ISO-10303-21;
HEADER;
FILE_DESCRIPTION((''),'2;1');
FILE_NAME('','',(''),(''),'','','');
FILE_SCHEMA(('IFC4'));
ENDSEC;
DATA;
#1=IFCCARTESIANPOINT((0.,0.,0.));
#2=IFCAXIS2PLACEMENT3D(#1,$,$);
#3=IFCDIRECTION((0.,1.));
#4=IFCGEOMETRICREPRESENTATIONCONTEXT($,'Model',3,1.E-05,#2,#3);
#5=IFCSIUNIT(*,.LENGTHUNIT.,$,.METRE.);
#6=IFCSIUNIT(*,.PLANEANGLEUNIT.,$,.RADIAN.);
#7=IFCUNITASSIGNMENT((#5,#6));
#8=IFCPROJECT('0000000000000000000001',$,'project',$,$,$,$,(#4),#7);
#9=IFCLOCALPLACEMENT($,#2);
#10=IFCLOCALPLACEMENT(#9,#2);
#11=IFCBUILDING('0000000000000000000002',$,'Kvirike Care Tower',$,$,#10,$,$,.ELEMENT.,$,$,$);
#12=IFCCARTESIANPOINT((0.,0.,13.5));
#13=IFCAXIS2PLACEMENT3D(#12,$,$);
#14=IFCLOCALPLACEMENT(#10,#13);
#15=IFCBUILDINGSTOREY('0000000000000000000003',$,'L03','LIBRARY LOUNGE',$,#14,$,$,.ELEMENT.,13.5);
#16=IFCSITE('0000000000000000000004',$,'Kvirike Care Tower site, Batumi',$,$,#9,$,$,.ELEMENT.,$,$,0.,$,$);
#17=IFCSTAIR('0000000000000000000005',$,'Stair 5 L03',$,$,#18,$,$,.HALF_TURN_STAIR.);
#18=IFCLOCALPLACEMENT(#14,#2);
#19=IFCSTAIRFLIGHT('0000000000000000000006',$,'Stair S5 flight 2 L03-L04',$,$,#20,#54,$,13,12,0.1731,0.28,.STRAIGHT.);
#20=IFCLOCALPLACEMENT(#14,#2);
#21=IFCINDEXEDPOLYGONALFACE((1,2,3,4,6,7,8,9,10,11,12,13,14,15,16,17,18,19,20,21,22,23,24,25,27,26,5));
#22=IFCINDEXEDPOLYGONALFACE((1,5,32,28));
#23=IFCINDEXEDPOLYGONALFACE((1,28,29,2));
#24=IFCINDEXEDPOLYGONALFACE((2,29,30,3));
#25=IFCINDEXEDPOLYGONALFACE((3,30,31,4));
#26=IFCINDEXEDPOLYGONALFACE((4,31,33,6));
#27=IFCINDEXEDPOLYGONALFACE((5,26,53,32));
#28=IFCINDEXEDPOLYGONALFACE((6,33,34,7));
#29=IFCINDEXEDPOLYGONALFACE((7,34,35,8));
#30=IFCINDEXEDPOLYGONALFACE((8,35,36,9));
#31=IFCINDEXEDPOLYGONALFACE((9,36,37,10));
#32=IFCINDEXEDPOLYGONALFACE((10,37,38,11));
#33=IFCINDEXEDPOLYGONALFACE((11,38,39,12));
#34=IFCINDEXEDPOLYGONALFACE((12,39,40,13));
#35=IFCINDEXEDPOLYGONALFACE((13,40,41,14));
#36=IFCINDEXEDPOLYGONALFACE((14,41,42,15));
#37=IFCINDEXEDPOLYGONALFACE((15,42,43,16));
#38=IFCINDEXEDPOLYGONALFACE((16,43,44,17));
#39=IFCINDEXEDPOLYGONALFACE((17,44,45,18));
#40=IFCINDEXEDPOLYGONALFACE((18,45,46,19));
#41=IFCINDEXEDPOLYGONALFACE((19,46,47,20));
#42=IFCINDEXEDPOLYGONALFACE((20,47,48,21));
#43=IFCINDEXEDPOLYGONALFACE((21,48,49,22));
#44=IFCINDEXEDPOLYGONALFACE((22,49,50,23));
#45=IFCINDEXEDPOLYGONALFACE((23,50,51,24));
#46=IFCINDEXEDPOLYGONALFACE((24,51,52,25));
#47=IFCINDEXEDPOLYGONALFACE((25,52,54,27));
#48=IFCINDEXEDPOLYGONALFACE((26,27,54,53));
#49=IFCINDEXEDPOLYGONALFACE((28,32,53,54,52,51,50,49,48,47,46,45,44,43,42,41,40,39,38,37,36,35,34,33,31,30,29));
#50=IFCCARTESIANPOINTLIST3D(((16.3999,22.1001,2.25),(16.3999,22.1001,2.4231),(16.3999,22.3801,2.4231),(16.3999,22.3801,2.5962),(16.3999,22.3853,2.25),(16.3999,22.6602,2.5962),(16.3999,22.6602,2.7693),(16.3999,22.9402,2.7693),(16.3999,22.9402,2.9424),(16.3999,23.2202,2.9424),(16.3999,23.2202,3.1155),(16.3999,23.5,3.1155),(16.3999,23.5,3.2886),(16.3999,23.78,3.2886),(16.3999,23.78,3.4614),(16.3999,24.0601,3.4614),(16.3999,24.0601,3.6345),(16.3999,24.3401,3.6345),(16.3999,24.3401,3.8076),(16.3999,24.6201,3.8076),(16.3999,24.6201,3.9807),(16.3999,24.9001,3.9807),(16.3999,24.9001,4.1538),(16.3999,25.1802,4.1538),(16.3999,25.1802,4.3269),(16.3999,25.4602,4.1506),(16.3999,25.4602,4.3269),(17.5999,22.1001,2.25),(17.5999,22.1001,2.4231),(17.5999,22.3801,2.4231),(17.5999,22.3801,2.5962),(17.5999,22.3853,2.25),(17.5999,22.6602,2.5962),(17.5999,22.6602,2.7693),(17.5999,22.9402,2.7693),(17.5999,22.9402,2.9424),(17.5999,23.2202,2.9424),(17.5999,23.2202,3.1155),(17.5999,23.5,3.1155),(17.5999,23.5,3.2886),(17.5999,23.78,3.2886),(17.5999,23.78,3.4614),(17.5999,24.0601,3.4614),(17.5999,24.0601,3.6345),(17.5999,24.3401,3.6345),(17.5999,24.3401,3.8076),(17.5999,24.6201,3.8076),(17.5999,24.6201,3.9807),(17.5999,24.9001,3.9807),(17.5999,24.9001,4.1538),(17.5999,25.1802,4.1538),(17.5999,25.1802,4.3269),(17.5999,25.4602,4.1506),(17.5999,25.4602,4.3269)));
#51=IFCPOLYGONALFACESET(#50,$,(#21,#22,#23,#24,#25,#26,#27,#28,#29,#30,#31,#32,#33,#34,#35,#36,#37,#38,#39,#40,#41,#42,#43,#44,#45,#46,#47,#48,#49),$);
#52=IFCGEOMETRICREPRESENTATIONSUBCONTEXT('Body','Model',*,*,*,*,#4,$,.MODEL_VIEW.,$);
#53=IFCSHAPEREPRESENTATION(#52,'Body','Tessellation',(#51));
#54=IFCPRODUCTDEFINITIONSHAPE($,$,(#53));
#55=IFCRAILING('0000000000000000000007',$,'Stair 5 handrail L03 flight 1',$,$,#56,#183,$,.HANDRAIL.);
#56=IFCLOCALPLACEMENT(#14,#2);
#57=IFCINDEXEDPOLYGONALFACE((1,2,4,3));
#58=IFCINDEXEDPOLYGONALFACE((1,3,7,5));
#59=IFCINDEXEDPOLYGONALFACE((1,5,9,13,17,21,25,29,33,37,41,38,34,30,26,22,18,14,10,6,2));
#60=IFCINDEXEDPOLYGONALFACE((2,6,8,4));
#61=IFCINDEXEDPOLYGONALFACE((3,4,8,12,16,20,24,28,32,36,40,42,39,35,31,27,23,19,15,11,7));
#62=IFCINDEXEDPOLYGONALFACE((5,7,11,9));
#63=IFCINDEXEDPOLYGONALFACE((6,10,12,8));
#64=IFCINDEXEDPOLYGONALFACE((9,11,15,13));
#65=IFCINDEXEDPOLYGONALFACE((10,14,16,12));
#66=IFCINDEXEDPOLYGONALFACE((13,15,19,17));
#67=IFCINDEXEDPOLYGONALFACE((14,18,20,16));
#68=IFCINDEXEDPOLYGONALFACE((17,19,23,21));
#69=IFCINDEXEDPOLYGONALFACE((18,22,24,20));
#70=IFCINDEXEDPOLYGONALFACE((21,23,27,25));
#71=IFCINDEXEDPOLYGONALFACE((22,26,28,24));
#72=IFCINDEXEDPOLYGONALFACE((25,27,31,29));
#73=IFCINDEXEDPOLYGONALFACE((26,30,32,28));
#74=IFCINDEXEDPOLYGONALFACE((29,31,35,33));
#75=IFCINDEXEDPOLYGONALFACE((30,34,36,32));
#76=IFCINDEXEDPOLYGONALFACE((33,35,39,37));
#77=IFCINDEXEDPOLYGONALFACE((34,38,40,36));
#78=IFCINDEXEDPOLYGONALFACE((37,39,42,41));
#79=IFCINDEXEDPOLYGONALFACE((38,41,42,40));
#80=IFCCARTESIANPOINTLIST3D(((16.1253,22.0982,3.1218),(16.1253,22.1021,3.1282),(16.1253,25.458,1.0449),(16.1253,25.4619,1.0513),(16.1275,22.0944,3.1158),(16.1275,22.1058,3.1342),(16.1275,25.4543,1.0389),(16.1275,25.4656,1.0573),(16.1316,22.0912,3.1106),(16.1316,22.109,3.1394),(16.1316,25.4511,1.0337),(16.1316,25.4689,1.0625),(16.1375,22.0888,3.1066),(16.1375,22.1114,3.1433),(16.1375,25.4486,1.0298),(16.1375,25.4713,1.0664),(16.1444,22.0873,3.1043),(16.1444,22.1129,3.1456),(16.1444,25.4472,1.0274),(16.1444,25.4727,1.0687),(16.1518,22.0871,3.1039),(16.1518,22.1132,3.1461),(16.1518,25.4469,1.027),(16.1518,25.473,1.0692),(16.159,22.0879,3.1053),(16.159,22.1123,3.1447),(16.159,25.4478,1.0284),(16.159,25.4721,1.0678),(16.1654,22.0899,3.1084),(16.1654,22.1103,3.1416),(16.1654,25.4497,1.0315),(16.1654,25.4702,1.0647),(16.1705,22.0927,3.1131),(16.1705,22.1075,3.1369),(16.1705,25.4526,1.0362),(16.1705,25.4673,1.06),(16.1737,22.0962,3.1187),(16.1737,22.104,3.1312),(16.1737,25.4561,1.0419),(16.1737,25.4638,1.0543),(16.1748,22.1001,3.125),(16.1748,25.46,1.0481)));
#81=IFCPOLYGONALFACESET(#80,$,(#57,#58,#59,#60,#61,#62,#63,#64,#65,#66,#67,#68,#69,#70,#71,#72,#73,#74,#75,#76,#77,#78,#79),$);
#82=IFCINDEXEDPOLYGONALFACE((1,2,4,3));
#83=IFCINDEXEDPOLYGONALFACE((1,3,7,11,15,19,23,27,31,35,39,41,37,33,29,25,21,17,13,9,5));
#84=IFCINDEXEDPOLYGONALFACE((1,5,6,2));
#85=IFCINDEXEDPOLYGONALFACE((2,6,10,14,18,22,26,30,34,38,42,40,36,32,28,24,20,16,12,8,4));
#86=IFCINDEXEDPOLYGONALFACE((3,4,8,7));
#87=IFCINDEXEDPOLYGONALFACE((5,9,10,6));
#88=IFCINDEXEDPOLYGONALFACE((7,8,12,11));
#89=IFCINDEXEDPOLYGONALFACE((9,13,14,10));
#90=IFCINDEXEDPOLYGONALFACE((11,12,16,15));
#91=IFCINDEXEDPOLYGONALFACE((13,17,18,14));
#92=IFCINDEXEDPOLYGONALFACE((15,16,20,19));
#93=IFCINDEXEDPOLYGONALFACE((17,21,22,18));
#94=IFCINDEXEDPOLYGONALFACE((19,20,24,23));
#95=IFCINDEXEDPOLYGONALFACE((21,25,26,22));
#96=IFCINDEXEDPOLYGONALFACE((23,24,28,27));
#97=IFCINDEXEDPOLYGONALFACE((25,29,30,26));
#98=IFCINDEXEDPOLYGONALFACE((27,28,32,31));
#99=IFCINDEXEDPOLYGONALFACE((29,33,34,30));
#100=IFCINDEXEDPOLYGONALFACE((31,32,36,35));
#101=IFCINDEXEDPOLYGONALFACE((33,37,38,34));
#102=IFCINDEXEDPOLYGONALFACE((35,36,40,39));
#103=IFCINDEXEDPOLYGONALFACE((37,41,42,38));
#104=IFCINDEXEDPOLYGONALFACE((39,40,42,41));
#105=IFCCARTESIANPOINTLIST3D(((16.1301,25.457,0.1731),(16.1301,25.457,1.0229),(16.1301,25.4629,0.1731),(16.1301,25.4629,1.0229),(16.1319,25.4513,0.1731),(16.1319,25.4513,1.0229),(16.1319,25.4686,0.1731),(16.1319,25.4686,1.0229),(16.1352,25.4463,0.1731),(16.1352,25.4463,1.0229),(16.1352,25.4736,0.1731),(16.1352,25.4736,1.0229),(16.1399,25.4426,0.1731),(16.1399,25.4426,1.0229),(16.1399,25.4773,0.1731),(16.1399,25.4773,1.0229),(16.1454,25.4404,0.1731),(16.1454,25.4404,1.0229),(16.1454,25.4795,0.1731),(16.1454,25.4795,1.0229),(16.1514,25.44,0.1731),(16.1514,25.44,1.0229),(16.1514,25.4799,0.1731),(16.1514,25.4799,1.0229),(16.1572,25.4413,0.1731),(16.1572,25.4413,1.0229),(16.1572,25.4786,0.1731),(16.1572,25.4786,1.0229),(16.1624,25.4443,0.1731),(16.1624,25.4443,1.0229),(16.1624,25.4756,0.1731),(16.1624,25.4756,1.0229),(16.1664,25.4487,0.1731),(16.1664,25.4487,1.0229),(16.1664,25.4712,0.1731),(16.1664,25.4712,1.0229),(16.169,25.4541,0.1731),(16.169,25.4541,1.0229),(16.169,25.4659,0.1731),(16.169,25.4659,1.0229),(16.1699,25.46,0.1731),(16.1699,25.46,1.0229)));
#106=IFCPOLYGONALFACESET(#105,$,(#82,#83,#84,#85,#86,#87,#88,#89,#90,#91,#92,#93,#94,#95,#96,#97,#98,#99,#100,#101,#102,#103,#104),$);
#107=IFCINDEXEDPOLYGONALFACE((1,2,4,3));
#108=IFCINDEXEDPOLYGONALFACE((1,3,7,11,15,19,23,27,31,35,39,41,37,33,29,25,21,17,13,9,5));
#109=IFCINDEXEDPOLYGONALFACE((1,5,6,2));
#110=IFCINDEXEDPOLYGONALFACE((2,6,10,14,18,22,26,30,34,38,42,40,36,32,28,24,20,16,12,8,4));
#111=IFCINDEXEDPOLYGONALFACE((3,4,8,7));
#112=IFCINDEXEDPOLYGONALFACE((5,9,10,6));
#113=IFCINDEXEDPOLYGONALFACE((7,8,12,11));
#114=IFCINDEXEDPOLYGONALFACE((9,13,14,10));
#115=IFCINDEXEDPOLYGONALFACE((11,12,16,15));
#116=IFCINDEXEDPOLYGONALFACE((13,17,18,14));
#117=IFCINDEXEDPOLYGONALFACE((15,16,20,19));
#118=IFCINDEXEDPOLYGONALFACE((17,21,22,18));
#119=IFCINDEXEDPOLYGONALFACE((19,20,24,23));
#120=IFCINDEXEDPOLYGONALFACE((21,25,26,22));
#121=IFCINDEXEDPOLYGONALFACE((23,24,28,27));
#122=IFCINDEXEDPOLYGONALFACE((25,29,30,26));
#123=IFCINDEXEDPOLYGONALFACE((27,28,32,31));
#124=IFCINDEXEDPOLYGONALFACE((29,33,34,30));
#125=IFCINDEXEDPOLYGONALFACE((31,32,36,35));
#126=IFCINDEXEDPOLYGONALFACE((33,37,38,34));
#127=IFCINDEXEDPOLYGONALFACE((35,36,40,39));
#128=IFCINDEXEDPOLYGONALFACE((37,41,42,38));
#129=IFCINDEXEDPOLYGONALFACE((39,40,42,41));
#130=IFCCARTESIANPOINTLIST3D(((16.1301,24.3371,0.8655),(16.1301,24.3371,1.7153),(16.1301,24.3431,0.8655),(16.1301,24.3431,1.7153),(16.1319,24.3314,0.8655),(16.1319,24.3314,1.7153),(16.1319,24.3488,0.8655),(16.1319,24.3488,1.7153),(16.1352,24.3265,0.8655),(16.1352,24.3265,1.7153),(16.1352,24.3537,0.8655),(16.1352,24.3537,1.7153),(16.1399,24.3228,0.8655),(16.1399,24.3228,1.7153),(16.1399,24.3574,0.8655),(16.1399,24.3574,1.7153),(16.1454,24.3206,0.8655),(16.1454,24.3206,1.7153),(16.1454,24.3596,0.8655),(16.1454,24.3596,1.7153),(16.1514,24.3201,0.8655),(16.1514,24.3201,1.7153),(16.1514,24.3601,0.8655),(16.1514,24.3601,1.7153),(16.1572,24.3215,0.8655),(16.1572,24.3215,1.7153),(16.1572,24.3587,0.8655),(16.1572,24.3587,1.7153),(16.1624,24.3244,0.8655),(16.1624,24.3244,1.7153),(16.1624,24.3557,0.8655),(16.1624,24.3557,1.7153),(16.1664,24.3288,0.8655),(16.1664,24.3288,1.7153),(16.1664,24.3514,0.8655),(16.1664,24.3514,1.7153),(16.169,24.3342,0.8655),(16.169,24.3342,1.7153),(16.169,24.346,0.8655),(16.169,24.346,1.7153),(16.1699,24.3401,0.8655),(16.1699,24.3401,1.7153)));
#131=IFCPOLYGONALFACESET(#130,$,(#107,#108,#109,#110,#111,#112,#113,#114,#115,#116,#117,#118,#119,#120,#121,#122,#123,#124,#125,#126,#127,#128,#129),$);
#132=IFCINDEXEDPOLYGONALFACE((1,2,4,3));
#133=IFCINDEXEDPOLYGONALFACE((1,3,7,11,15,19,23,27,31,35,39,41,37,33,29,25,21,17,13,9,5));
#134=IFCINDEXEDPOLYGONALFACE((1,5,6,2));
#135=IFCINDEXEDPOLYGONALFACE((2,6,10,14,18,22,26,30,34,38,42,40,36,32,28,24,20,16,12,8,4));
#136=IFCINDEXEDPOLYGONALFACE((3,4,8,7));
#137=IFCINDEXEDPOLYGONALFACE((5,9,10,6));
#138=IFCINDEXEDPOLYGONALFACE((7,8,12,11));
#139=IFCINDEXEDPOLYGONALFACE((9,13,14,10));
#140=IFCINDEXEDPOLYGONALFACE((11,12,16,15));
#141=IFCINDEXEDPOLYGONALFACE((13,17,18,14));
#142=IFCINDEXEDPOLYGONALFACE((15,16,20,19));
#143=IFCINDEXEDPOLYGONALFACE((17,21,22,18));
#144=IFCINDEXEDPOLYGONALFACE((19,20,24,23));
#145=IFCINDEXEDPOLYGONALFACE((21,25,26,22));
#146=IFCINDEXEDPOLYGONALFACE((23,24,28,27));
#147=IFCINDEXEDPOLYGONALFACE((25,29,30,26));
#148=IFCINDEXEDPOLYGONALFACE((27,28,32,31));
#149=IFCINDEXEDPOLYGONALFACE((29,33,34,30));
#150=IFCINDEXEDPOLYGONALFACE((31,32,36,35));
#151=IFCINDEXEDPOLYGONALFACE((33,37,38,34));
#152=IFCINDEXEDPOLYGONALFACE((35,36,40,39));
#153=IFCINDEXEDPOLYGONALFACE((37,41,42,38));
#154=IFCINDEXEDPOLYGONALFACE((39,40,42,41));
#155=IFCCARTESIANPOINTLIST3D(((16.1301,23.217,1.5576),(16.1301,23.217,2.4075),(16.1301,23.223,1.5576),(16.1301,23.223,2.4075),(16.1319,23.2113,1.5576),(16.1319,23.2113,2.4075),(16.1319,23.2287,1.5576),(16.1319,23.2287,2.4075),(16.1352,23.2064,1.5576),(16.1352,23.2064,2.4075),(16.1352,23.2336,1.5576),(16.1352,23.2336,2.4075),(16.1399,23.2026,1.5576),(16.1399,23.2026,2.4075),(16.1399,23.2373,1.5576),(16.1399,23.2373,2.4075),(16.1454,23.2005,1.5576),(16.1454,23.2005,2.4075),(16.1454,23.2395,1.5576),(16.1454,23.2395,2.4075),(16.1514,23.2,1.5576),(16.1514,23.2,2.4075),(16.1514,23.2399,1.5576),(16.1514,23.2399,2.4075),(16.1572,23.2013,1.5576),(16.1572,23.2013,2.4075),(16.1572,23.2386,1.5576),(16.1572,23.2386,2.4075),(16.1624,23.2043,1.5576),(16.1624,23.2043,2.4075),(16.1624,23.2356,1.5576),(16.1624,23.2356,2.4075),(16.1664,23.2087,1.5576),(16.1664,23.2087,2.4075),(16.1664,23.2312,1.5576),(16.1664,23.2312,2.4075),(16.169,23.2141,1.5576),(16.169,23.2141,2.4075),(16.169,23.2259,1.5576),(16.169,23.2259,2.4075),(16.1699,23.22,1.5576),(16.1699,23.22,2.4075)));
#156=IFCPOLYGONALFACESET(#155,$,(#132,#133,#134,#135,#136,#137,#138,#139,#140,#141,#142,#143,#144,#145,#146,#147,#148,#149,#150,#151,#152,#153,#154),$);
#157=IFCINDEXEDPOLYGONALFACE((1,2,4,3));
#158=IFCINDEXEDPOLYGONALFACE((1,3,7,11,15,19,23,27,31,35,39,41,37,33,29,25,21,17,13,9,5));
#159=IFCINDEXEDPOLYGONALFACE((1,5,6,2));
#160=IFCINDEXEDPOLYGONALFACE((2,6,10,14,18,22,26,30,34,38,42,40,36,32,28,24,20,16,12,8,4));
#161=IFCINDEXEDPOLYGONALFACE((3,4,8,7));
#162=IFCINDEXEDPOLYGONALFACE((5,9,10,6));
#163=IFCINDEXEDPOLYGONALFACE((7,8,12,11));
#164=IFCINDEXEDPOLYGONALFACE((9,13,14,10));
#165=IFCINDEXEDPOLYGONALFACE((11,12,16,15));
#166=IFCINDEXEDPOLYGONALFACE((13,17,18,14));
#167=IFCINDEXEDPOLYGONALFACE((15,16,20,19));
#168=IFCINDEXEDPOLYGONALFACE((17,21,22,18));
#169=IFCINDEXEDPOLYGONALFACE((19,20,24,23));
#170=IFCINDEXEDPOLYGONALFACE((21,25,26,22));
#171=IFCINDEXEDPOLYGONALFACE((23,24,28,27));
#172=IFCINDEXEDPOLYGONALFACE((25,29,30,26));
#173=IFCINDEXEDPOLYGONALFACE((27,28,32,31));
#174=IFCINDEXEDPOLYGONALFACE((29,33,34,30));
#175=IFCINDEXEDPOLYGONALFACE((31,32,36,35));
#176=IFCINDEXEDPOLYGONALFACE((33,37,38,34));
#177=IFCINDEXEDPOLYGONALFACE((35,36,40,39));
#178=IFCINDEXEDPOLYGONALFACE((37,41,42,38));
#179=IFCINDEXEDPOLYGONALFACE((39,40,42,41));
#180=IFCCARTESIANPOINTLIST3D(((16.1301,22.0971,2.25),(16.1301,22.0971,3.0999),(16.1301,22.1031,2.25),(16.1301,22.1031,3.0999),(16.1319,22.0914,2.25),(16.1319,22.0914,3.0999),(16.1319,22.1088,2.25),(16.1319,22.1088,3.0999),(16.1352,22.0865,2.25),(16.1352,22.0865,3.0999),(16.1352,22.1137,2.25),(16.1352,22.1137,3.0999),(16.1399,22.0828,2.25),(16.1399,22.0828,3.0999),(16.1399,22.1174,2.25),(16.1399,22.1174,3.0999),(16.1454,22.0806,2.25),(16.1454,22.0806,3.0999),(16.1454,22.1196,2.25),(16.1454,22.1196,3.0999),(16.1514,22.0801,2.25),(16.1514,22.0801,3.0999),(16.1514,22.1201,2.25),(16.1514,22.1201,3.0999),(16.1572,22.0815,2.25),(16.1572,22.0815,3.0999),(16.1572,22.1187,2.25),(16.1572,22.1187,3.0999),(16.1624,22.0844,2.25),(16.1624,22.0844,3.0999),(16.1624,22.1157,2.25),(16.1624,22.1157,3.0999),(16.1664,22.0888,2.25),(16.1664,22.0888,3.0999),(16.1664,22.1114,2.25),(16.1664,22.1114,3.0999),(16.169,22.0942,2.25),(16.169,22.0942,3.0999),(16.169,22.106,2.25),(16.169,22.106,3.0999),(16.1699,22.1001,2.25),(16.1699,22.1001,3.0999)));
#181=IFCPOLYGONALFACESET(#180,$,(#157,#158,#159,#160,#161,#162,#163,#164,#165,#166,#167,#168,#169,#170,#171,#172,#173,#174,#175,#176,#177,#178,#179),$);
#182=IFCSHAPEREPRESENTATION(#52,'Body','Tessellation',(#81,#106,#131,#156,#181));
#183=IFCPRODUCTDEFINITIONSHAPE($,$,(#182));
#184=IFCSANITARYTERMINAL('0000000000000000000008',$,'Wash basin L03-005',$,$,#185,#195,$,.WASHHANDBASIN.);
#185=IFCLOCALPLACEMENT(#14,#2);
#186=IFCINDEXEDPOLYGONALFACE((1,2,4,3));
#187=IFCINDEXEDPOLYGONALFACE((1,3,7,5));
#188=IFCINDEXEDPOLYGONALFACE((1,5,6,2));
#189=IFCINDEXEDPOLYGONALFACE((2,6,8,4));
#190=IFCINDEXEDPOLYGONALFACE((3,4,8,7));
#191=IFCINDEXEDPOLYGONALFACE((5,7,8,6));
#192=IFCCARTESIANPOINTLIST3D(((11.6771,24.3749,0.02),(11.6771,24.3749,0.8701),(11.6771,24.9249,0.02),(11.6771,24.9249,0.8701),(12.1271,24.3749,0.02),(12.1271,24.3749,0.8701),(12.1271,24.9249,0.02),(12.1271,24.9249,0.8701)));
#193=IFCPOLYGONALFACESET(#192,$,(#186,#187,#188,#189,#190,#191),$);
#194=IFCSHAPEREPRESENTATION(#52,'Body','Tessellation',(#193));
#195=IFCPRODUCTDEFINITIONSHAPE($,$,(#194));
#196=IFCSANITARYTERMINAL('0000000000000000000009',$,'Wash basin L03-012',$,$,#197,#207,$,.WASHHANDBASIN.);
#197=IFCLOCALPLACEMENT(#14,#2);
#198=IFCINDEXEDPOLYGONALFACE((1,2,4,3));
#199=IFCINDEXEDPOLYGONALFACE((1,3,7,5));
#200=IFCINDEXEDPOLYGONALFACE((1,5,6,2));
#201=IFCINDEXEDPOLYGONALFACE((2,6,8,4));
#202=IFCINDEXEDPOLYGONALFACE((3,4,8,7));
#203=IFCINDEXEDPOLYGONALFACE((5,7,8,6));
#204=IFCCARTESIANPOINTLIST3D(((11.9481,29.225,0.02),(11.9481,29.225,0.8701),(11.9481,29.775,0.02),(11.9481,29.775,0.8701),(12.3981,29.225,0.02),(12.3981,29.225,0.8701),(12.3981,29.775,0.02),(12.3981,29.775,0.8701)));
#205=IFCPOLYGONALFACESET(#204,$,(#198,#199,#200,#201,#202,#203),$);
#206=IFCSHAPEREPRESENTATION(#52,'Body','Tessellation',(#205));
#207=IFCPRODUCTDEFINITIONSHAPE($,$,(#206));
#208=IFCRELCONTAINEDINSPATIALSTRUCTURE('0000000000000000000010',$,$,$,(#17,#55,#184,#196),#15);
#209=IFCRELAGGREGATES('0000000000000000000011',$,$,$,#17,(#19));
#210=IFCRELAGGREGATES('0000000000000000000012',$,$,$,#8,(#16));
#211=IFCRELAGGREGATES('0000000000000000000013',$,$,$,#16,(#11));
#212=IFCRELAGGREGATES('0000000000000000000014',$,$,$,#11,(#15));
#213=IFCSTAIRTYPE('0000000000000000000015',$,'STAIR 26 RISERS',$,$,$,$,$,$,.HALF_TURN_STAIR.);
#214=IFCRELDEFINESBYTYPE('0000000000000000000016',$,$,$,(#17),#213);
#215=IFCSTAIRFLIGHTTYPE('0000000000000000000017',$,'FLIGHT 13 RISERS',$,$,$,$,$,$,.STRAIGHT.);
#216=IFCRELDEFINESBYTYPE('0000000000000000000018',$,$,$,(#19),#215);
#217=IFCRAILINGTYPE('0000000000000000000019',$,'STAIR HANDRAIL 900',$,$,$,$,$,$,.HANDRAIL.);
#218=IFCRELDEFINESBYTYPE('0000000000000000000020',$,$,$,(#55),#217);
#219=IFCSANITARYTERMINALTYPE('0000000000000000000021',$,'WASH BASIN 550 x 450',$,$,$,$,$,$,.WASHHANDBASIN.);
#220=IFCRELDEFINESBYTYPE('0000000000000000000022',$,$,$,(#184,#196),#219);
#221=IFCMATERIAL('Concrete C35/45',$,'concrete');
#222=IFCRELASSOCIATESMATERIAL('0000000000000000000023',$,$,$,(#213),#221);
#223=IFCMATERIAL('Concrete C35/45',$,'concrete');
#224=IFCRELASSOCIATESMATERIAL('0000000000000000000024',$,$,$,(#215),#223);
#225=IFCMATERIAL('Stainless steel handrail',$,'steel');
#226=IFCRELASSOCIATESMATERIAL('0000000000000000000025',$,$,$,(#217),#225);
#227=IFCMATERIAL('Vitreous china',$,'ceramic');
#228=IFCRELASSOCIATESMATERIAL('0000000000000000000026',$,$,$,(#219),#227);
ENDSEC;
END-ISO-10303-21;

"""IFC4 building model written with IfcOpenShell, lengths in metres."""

from ifc_helpers import new_model, si_unit, direction, frame, origin, origin_2d, place, context, subcontext, project, spatial, polyline, rectangle, circle, outline, extrude, material, type_object, element, aggregate, save


model = new_model("IFC4")

# Units and contexts
model_context = context("Model", 3, precision=1e-05, world=origin(), true_north=direction((0.0, 1.0)))
body_context = subcontext(model_context, "Body", "Model", "MODEL_VIEW")
ifc_project = project(units=[si_unit("LENGTHUNIT", "METRE"), si_unit("PLANEANGLEUNIT", "RADIAN")], contexts=[model_context])

# Site, building, storey
site_placement = place(None, origin())
site = spatial("IfcSite", under=ifc_project, at=site_placement, Name="Kvirike Care Tower site, Batumi", CompositionType="ELEMENT", RefElevation=0.0)
building_placement = place(site_placement, origin())
building = spatial("IfcBuilding", under=site, at=building_placement, Name="Kvirike Care Tower", CompositionType="ELEMENT")
storey_placement = place(building_placement, frame((0.0, 0.0, 13.5)))
storey = spatial("IfcBuildingStorey", under=building, at=storey_placement, Name="L03", Description="LIBRARY LOUNGE", CompositionType="ELEMENT", Elevation=13.5)

# Stair, stair flight
ifc_material_1 = material(Name="Concrete C35/45", Category="concrete")
stair_type = type_object("IfcStairType", Name="STAIR 26 RISERS", PredefinedType="HALF_TURN_STAIR", material=ifc_material_1)
stair_placement = place(storey_placement, origin())
stair = element("IfcStair", 1, at=stair_placement, inside=storey, type_object=stair_type, Name="Stair 5 L03", PredefinedType="HALF_TURN_STAIR")
ifc_material_2 = material(Name="Concrete C35/45", Category="concrete")
stair_flight_type = type_object("IfcStairFlightType", Name="FLIGHT 13 RISERS", PredefinedType="STRAIGHT", material=ifc_material_2)
stair_flight_1_placement = place(storey_placement, frame((17.0, 22.1001, 2.25), z_axis=(0.0, 0.0, 1.0), x_axis=(0.0, 1.0, 0.0)))
stair_flight_1 = element("IfcStairFlight", 2, at=stair_flight_1_placement, type_object=stair_flight_type, Name="Stair S5 flight 2 L03-L04", NumberOfRisers=13, NumberOfTreads=12, PredefinedType="STRAIGHT", RiserHeight=0.1731, TreadLength=0.28, context=body_context, shape_type="SweptSolid", body=[
    extrude(outline(polyline([(0.0, 0.0), (0.0, 0.1731), (0.28, 0.1731), (0.28, 0.3462), (0.5601, 0.3462), (0.5601, 0.5193), (0.8401, 0.5193), (0.8401, 0.6924), (1.1201, 0.6924), (1.1201, 0.8655), (1.3999, 0.8655), (1.3999, 1.0386), (1.6799, 1.0386), (1.6799, 1.2114), (1.96, 1.2114), (1.96, 1.3845), (2.24, 1.3845), (2.24, 1.5576), (2.52, 1.5576), (2.52, 1.7307), (2.8, 1.7307), (2.8, 1.9038), (3.0801, 1.9038), (3.0801, 2.0769), (3.3601, 2.0769), (3.3601, 2.25), (3.3601, 1.9006), (0.2852, 0.0), (0.0, 0.0)])), frame((0.0, 0.6001, 0.0), z_axis=(0.0, -1.0, 0.0), x_axis=(1.0, 0.0, 0.0)), (0.0, 0.0, 1.0), 1.2),
])
aggregate(stair, [stair_flight_1])

# Railing
ifc_material_3 = material(Name="Stainless steel handrail", Category="steel")
railing_type = type_object("IfcRailingType", Name="STAIR HANDRAIL 900", PredefinedType="HANDRAIL", material=ifc_material_3)
railing_placement = place(storey_placement, frame((16.1499, 25.46, 0.1731)))
element("IfcRailing", 3, at=railing_placement, inside=storey, type_object=railing_type, Name="Stair 5 handrail L03 flight 1", PredefinedType="HANDRAIL", context=body_context, shape_type="SweptSolid", body=[
    extrude(circle(Radius=0.0249, at=origin_2d()), frame((0.0, 0.0, 0.875), z_axis=(0.0, -0.850606, 0.525803), x_axis=(1.0, 0.0, 0.0)), (0.0, 0.0, 1.0), 3.95),
    extrude(circle(Radius=0.02, at=origin_2d()), origin(), (0.0, 0.0, 1.0), 0.8499),
    extrude(circle(Radius=0.02, at=origin_2d()), frame((0.0, -1.1199, 0.6924)), (0.0, 0.0, 1.0), 0.8499),
    extrude(circle(Radius=0.02, at=origin_2d()), frame((0.0, -2.24, 1.3845)), (0.0, 0.0, 1.0), 0.8499),
    extrude(circle(Radius=0.02, at=origin_2d()), frame((0.0, -3.3599, 2.0769)), (0.0, 0.0, 1.0), 0.8499),
])

# Sanitary terminals
ifc_material_4 = material(Name="Vitreous china", Category="ceramic")
sanitary_terminal_type_1 = type_object("IfcSanitaryTerminalType", Name="WASH BASIN 550 x 450", PredefinedType="WASHHANDBASIN", material=ifc_material_4)
for number, where, z_axis, x_axis, name in (
    (4, (11.9021, 24.6499, 0.02), (0.0, 0.0, 1.0), (0.0, 1.0, 0.0), "Wash basin L03-005"),
    (5, (12.1731, 29.5, 0.02), (0.0, 0.0, 1.0), (0.0, -1.0, 0.0), "Wash basin L03-012"),
):
    element("IfcSanitaryTerminal", number, at=place(storey_placement, frame(where, z_axis=z_axis, x_axis=x_axis)), inside=storey, type_object=sanitary_terminal_type_1, Name=name, PredefinedType="WASHHANDBASIN", context=body_context, shape_type="SweptSolid", body=[
        extrude(rectangle(XDim=0.55, YDim=0.45, at=origin_2d()), origin(), (0.0, 0.0, 1.0), 0.8501),
    ])

save(model, "model.ifc")
